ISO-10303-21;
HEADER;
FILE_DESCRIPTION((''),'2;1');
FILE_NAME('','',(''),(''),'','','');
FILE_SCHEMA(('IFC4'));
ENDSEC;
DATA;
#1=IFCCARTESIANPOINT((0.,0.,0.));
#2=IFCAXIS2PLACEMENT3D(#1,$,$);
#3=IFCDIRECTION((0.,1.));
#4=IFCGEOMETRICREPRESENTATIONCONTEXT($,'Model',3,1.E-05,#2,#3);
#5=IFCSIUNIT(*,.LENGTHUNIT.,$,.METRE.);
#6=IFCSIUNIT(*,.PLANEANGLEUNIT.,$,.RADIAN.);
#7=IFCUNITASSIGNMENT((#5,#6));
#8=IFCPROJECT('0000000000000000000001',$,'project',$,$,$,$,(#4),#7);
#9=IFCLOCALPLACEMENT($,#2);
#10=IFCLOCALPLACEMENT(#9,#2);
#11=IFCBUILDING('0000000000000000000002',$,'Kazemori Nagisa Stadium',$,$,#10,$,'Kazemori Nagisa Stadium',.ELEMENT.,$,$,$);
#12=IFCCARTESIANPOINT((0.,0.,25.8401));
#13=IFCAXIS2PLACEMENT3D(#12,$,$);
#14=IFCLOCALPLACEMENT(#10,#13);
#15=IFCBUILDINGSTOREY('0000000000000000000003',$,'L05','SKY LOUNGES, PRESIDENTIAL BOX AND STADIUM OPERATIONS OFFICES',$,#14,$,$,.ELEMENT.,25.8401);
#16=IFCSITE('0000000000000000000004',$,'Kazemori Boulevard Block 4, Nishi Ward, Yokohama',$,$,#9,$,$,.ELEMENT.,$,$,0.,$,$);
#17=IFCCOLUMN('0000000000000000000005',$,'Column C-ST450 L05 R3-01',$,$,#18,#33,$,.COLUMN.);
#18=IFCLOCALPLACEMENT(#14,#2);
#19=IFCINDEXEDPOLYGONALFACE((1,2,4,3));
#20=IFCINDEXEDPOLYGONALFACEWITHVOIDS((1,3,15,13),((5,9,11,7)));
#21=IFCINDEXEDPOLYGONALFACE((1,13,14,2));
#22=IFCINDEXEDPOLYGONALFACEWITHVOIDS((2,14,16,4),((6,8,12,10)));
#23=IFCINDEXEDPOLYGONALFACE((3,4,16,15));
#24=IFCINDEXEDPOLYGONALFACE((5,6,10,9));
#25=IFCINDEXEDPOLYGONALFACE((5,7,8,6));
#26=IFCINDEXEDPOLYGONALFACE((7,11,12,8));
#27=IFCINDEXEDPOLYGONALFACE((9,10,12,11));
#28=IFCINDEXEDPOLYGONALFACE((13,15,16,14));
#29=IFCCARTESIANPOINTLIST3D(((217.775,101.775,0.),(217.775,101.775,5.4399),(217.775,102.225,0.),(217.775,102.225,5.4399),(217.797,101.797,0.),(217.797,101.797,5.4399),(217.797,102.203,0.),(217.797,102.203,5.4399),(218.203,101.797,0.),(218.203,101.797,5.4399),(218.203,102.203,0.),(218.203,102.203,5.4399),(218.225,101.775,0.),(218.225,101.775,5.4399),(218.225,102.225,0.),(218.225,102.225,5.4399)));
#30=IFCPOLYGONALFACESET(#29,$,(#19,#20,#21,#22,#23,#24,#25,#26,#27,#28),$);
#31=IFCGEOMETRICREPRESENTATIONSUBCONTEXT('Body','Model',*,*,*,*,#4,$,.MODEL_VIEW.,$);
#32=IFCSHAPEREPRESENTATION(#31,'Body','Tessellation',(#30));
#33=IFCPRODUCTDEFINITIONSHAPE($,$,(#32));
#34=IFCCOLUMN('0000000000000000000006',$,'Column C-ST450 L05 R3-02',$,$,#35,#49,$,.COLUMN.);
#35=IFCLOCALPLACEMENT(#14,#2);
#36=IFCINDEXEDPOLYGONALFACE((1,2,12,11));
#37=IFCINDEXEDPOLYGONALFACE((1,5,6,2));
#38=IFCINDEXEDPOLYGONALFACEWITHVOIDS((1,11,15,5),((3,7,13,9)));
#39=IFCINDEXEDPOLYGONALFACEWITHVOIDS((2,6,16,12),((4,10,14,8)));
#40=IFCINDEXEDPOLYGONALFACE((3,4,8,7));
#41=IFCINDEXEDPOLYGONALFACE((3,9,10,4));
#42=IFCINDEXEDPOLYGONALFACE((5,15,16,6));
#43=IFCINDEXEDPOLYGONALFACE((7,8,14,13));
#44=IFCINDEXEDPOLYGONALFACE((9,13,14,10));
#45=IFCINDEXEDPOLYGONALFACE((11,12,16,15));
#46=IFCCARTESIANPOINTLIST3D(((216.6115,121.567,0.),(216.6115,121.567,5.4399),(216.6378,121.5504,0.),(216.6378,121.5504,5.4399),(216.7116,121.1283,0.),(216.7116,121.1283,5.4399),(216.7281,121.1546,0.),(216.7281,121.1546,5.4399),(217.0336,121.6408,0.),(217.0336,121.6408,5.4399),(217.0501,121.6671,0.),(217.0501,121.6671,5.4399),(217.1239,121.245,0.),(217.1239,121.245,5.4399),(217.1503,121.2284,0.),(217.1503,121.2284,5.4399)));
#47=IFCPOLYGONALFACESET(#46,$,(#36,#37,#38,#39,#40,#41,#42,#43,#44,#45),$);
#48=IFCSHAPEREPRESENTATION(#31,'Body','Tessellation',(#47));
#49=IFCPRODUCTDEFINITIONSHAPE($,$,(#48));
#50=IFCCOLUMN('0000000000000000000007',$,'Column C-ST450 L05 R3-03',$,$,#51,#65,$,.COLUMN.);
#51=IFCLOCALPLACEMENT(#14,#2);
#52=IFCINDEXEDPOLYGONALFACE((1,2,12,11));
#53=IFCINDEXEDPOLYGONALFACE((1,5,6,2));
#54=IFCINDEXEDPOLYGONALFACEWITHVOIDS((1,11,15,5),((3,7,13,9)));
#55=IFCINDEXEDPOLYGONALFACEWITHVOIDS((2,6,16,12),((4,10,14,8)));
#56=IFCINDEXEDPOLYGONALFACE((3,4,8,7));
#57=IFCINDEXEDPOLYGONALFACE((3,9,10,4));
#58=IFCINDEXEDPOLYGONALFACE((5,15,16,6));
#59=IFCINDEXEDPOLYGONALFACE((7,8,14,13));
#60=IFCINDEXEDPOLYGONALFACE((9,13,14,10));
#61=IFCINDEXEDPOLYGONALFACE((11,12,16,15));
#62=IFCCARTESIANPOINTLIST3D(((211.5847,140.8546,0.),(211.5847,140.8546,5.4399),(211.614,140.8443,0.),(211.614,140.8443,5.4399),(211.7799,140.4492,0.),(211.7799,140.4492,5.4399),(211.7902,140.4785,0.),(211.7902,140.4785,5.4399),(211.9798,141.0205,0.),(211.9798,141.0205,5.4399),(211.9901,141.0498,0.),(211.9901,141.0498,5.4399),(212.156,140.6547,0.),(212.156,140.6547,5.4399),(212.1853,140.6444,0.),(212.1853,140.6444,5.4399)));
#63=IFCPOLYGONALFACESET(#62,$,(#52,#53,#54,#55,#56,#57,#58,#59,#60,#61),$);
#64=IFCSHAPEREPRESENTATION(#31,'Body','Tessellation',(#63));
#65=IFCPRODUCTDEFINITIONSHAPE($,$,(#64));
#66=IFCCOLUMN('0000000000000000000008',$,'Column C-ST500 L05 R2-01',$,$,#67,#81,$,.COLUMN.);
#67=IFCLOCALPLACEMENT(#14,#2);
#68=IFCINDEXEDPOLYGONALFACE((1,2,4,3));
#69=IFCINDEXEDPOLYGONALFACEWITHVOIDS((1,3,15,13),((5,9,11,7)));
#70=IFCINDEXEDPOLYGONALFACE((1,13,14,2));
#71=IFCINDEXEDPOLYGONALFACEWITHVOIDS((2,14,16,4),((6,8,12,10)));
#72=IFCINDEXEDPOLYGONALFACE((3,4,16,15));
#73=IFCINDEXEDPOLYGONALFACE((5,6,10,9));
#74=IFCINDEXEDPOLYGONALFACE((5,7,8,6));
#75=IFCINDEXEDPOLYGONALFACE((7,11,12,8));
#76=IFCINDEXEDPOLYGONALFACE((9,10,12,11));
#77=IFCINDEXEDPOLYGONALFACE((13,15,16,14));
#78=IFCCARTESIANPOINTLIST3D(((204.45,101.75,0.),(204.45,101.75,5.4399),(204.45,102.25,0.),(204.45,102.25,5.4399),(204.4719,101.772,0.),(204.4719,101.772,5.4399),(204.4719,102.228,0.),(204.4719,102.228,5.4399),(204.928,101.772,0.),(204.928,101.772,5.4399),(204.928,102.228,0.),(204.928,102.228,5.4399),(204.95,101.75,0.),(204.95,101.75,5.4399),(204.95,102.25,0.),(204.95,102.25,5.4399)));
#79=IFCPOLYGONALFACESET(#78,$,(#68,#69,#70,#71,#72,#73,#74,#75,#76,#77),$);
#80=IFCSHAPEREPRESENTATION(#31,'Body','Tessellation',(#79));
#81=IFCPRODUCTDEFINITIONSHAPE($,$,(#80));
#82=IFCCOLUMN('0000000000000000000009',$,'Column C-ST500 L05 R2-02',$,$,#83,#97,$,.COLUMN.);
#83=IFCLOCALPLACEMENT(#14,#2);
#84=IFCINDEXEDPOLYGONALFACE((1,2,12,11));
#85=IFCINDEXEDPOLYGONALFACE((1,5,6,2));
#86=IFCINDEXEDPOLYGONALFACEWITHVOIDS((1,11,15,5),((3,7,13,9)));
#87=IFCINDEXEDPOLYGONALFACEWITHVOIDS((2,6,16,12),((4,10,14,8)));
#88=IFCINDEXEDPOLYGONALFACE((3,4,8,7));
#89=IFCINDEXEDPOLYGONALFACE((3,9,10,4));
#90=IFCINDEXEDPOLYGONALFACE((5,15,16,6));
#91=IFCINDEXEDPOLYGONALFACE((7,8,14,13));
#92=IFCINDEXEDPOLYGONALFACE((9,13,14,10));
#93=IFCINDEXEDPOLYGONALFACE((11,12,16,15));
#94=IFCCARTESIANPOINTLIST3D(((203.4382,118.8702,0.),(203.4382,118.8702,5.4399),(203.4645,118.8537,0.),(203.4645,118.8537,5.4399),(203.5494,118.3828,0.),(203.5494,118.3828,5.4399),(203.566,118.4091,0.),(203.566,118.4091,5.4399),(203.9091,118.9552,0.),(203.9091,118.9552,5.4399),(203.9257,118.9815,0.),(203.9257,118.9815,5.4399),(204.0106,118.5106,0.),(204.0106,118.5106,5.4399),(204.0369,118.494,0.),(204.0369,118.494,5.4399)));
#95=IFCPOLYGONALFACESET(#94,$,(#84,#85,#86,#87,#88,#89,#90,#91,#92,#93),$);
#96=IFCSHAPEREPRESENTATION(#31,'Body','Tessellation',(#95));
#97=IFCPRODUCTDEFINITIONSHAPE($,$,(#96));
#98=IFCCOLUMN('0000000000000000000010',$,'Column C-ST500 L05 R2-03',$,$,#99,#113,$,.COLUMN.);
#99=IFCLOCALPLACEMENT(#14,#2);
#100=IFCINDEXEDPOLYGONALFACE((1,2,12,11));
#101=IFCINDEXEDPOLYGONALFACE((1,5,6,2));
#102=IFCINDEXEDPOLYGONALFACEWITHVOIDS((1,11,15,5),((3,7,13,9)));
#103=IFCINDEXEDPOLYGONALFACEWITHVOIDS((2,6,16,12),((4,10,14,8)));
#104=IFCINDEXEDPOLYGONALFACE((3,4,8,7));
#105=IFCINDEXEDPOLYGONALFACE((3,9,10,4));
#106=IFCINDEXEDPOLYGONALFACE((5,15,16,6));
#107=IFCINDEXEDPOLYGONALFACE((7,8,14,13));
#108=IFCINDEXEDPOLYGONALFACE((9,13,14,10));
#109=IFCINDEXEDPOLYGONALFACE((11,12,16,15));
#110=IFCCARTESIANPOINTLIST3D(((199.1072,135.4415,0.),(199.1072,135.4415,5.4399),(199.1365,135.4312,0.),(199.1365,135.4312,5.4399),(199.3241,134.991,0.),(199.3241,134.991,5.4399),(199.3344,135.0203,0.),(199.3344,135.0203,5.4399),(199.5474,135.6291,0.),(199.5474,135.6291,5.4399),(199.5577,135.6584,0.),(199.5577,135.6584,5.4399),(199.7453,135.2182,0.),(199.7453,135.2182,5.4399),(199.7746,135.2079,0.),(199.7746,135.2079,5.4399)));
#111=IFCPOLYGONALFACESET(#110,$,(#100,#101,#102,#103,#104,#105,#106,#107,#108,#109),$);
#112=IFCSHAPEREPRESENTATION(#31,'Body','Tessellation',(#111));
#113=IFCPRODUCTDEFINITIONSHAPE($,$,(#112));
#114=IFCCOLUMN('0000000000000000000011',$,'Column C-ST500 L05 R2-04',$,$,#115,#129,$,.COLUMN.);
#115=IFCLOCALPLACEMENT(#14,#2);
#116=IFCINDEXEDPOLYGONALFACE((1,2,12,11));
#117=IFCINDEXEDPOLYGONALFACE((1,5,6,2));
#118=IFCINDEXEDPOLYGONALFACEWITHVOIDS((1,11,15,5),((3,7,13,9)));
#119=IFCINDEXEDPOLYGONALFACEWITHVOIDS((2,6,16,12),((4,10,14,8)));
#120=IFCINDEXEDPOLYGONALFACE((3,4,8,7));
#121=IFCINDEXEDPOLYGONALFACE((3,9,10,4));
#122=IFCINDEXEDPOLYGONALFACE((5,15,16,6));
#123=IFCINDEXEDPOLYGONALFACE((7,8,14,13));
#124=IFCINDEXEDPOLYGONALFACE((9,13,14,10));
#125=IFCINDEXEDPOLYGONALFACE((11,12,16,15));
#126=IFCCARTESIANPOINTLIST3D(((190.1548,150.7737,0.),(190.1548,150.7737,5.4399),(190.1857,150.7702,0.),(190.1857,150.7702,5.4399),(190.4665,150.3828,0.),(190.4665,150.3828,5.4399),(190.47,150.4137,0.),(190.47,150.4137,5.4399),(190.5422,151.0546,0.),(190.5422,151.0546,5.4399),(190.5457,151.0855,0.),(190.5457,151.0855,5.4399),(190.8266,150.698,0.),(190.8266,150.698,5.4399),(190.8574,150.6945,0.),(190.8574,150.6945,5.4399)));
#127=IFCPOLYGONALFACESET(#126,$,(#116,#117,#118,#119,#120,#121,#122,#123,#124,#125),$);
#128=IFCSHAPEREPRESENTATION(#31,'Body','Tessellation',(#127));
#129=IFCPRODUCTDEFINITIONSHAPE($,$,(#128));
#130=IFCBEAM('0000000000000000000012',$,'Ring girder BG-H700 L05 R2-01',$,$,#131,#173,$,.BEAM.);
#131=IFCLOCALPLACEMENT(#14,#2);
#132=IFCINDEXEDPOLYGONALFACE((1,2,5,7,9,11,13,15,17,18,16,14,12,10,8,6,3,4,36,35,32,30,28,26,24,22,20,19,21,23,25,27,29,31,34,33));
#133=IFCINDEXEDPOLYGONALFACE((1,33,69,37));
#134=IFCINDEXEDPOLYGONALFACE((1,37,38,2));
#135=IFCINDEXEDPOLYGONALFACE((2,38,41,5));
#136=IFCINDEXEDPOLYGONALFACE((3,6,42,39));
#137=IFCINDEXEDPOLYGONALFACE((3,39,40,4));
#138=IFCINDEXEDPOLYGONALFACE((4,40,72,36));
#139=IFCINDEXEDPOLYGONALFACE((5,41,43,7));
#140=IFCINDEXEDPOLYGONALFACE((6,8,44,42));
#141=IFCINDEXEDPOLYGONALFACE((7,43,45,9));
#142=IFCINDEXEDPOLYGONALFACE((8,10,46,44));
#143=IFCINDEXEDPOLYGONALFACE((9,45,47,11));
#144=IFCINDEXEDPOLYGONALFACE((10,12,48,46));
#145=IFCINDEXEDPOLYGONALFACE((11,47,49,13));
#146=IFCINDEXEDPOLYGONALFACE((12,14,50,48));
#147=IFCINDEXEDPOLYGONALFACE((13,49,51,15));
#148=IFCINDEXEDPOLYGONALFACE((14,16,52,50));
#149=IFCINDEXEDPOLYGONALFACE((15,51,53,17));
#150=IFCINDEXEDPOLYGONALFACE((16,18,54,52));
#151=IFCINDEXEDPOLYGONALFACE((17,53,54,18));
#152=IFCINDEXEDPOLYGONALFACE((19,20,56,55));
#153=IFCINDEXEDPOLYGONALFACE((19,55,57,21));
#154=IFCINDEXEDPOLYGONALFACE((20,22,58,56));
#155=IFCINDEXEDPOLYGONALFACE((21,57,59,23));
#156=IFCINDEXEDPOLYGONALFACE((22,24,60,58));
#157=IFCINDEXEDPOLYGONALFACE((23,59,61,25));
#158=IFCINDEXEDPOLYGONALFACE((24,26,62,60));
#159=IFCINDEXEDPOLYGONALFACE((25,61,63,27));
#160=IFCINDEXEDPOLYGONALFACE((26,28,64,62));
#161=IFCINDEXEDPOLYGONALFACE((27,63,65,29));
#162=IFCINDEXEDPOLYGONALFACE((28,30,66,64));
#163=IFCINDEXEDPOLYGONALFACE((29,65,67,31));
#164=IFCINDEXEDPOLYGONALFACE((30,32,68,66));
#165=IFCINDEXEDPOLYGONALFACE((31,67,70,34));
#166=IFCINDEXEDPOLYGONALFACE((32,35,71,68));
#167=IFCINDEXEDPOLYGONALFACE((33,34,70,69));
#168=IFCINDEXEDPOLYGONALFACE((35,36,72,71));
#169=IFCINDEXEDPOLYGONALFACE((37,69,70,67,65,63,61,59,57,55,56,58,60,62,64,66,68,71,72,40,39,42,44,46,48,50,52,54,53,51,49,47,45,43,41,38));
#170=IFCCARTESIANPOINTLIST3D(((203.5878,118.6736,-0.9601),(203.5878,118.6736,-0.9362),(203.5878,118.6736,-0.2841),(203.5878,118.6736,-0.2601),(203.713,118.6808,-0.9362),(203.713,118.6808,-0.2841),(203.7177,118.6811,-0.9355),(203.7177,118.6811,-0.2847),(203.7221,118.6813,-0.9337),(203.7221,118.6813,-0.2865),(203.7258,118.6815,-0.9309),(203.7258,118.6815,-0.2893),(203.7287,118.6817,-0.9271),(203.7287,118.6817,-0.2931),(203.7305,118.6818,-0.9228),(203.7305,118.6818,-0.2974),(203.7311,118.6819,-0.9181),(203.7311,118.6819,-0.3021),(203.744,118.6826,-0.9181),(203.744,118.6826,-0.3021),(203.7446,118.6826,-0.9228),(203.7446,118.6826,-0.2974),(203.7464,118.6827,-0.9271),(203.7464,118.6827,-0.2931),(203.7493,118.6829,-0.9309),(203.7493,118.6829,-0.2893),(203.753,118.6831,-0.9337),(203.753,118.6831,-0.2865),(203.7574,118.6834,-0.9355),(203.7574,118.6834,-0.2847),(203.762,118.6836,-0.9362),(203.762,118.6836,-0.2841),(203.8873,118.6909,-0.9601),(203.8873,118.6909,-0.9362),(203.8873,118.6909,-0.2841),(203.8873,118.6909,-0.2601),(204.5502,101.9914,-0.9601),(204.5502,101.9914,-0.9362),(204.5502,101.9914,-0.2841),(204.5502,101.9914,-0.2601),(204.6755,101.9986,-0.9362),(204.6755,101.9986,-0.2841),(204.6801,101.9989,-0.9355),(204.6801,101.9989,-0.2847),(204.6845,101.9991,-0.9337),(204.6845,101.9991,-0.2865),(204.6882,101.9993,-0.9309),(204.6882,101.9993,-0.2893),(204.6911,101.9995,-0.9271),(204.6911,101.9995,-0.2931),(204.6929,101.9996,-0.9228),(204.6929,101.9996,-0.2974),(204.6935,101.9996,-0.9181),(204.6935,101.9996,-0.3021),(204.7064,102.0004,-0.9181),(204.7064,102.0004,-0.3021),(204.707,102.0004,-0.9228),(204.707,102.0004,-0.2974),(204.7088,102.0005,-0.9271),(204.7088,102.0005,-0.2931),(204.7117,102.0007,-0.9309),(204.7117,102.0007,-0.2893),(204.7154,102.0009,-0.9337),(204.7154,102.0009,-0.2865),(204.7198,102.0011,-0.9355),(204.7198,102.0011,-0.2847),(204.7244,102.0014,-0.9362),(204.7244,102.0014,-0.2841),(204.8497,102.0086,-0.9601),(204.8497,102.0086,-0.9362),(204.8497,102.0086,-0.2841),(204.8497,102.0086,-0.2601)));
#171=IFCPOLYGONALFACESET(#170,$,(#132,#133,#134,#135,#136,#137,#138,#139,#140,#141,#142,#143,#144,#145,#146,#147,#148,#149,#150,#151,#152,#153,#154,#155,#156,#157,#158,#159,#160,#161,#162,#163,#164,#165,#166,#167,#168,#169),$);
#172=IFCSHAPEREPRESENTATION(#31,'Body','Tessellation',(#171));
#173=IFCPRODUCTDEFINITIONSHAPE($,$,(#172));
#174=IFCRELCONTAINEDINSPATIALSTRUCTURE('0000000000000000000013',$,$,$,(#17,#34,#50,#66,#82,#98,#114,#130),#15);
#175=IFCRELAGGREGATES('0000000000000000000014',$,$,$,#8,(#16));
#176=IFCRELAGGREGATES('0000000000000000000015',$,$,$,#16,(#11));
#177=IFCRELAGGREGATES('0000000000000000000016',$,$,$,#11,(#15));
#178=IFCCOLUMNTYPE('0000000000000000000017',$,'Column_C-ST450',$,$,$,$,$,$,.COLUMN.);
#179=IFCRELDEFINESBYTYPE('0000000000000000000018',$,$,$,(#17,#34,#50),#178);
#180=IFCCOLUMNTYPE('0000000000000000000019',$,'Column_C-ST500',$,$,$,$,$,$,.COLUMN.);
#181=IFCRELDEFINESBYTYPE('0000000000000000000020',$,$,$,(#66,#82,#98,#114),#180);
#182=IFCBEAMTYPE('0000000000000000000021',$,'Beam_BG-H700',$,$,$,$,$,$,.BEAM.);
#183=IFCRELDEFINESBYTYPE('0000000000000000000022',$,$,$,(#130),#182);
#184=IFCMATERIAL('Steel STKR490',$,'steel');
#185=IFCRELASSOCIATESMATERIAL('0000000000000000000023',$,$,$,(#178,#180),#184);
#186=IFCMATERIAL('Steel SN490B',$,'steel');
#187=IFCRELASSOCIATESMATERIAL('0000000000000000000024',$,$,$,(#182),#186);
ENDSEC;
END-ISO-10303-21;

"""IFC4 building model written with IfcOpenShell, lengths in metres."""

from ifc_helpers import new_model, si_unit, direction, frame, origin, origin_2d, place, context, subcontext, project, spatial, hollow_rectangle, i_section, extrude, material, material_profile, profile_set, type_object, element, save


model = new_model("IFC4")

# Units and contexts
model_context = context("Model", 3, precision=1e-05, world=origin(), true_north=direction((0.0, 1.0)))
body_context = subcontext(model_context, "Body", "Model", "MODEL_VIEW")
ifc_project = project(units=[si_unit("LENGTHUNIT", "METRE"), si_unit("PLANEANGLEUNIT", "RADIAN")], contexts=[model_context])

# Site, building, storey
site_placement = place(None, origin())
site = spatial("IfcSite", under=ifc_project, at=site_placement, Name="Kazemori Boulevard Block 4, Nishi Ward, Yokohama", CompositionType="ELEMENT", RefElevation=0.0)
building_placement = place(site_placement, origin())
building = spatial("IfcBuilding", under=site, at=building_placement, Name="Kazemori Nagisa Stadium", LongName="Kazemori Nagisa Stadium", CompositionType="ELEMENT")
storey_placement = place(building_placement, frame((0.0, 0.0, 25.8401)))
storey = spatial("IfcBuildingStorey", under=building, at=storey_placement, Name="L05", Description="SKY LOUNGES, PRESIDENTIAL BOX AND STADIUM OPERATIONS OFFICES", CompositionType="ELEMENT", Elevation=25.8401)

# Columns
ifc_material_1 = material(Name="Steel STKR490", Category="steel")
ifc_material_profile_1 = material_profile(ifc_material_1, hollow_rectangle(XDim=0.45, YDim=0.45, WallThickness=0.022, at=origin_2d()), Name="SHS-450x450x22")
ifc_profile_set_1 = profile_set([ifc_material_profile_1], Name="Steel STKR490")
column_type_1 = type_object("IfcColumnType", Name="Column_C-ST450", PredefinedType="COLUMN", material=ifc_profile_set_1)
for number, where, z_axis, x_axis, name in (
    (1, (218.0, 102.0, 0.0), (0.0, 0.0, 1.0), (1.0, 0.0, 0.0), "Column C-ST450 L05 R3-01"),
    (2, (216.8809, 121.3977, 0.0), (0.0, 0.0, 1.0), (0.974928, 0.222521, 0.0), "Column C-ST450 L05 R3-02"),
    (3, (211.885, 140.7495, 0.0), (0.0, 0.0, 1.0), (0.900969, 0.433884, 0.0), "Column C-ST450 L05 R3-03"),
):
    element("IfcColumn", number, at=place(storey_placement, frame(where, z_axis=z_axis, x_axis=x_axis)), inside=storey, type_object=column_type_1, Name=name, PredefinedType="COLUMN", context=body_context, shape_type="SweptSolid", body=[
        extrude(hollow_rectangle(XDim=0.45, YDim=0.45, WallThickness=0.022, at=origin_2d()), origin(), (0.0, 0.0, 1.0), 5.4399),
    ])
ifc_material_profile_2 = material_profile(ifc_material_1, hollow_rectangle(XDim=0.5, YDim=0.5, WallThickness=0.022, at=origin_2d()), Name="SHS-500x500x22")
ifc_profile_set_2 = profile_set([ifc_material_profile_2], Name="Steel STKR490")
column_type_2 = type_object("IfcColumnType", Name="Column_C-ST500", PredefinedType="COLUMN", material=ifc_profile_set_2)
for number, where, z_axis, x_axis, name in (
    (4, (204.7, 102.0, 0.0), (0.0, 0.0, 1.0), (1.0, 0.0, 0.0), "Column C-ST500 L05 R2-01"),
    (5, (203.7375, 118.6821, 0.0), (0.0, 0.0, 1.0), (0.974928, 0.222521, 0.0), "Column C-ST500 L05 R2-02"),
    (6, (199.4409, 135.3247, 0.0), (0.0, 0.0, 1.0), (0.900969, 0.433884, 0.0), "Column C-ST500 L05 R2-03"),
    (7, (190.5061, 150.7341, 0.0), (0.0, 0.0, 1.0), (0.781831, 0.62349, 0.0), "Column C-ST500 L05 R2-04"),
):
    element("IfcColumn", number, at=place(storey_placement, frame(where, z_axis=z_axis, x_axis=x_axis)), inside=storey, type_object=column_type_2, Name=name, PredefinedType="COLUMN", context=body_context, shape_type="SweptSolid", body=[
        extrude(hollow_rectangle(XDim=0.5, YDim=0.5, WallThickness=0.022, at=origin_2d()), origin(), (0.0, 0.0, 1.0), 5.4399),
    ])

# Beam
ifc_material_2 = material(Name="Steel SN490B", Category="steel")
ifc_material_profile_3 = material_profile(ifc_material_2, i_section(OverallWidth=0.3, OverallDepth=0.7, WebThickness=0.0129, FlangeThickness=0.0239, FilletRadius=0.0181, at=origin_2d()), Name="H-700x300x13x24")
ifc_profile_set_3 = profile_set([ifc_material_profile_3], Name="Steel SN490B")
beam_type_1 = type_object("IfcBeamType", Name="Beam_BG-H700", PredefinedType="BEAM", material=ifc_profile_set_3)
beam_1_placement = place(storey_placement, frame((204.7, 102.0, -0.6101), z_axis=(-0.057595, 0.99834, 0.0), x_axis=(-0.99834, -0.057595, 0.0)))
element("IfcBeam", 8, at=beam_1_placement, inside=storey, type_object=beam_type_1, Name="Ring girder BG-H700 L05 R2-01", PredefinedType="BEAM", context=body_context, shape_type="SweptSolid", body=[
    extrude(i_section(OverallWidth=0.3, OverallDepth=0.7, WebThickness=0.0129, FlangeThickness=0.0239, FilletRadius=0.0181, at=origin_2d()), origin(), (0.0, 0.0, 1.0), 16.71),
])

save(model, "model.ifc")
